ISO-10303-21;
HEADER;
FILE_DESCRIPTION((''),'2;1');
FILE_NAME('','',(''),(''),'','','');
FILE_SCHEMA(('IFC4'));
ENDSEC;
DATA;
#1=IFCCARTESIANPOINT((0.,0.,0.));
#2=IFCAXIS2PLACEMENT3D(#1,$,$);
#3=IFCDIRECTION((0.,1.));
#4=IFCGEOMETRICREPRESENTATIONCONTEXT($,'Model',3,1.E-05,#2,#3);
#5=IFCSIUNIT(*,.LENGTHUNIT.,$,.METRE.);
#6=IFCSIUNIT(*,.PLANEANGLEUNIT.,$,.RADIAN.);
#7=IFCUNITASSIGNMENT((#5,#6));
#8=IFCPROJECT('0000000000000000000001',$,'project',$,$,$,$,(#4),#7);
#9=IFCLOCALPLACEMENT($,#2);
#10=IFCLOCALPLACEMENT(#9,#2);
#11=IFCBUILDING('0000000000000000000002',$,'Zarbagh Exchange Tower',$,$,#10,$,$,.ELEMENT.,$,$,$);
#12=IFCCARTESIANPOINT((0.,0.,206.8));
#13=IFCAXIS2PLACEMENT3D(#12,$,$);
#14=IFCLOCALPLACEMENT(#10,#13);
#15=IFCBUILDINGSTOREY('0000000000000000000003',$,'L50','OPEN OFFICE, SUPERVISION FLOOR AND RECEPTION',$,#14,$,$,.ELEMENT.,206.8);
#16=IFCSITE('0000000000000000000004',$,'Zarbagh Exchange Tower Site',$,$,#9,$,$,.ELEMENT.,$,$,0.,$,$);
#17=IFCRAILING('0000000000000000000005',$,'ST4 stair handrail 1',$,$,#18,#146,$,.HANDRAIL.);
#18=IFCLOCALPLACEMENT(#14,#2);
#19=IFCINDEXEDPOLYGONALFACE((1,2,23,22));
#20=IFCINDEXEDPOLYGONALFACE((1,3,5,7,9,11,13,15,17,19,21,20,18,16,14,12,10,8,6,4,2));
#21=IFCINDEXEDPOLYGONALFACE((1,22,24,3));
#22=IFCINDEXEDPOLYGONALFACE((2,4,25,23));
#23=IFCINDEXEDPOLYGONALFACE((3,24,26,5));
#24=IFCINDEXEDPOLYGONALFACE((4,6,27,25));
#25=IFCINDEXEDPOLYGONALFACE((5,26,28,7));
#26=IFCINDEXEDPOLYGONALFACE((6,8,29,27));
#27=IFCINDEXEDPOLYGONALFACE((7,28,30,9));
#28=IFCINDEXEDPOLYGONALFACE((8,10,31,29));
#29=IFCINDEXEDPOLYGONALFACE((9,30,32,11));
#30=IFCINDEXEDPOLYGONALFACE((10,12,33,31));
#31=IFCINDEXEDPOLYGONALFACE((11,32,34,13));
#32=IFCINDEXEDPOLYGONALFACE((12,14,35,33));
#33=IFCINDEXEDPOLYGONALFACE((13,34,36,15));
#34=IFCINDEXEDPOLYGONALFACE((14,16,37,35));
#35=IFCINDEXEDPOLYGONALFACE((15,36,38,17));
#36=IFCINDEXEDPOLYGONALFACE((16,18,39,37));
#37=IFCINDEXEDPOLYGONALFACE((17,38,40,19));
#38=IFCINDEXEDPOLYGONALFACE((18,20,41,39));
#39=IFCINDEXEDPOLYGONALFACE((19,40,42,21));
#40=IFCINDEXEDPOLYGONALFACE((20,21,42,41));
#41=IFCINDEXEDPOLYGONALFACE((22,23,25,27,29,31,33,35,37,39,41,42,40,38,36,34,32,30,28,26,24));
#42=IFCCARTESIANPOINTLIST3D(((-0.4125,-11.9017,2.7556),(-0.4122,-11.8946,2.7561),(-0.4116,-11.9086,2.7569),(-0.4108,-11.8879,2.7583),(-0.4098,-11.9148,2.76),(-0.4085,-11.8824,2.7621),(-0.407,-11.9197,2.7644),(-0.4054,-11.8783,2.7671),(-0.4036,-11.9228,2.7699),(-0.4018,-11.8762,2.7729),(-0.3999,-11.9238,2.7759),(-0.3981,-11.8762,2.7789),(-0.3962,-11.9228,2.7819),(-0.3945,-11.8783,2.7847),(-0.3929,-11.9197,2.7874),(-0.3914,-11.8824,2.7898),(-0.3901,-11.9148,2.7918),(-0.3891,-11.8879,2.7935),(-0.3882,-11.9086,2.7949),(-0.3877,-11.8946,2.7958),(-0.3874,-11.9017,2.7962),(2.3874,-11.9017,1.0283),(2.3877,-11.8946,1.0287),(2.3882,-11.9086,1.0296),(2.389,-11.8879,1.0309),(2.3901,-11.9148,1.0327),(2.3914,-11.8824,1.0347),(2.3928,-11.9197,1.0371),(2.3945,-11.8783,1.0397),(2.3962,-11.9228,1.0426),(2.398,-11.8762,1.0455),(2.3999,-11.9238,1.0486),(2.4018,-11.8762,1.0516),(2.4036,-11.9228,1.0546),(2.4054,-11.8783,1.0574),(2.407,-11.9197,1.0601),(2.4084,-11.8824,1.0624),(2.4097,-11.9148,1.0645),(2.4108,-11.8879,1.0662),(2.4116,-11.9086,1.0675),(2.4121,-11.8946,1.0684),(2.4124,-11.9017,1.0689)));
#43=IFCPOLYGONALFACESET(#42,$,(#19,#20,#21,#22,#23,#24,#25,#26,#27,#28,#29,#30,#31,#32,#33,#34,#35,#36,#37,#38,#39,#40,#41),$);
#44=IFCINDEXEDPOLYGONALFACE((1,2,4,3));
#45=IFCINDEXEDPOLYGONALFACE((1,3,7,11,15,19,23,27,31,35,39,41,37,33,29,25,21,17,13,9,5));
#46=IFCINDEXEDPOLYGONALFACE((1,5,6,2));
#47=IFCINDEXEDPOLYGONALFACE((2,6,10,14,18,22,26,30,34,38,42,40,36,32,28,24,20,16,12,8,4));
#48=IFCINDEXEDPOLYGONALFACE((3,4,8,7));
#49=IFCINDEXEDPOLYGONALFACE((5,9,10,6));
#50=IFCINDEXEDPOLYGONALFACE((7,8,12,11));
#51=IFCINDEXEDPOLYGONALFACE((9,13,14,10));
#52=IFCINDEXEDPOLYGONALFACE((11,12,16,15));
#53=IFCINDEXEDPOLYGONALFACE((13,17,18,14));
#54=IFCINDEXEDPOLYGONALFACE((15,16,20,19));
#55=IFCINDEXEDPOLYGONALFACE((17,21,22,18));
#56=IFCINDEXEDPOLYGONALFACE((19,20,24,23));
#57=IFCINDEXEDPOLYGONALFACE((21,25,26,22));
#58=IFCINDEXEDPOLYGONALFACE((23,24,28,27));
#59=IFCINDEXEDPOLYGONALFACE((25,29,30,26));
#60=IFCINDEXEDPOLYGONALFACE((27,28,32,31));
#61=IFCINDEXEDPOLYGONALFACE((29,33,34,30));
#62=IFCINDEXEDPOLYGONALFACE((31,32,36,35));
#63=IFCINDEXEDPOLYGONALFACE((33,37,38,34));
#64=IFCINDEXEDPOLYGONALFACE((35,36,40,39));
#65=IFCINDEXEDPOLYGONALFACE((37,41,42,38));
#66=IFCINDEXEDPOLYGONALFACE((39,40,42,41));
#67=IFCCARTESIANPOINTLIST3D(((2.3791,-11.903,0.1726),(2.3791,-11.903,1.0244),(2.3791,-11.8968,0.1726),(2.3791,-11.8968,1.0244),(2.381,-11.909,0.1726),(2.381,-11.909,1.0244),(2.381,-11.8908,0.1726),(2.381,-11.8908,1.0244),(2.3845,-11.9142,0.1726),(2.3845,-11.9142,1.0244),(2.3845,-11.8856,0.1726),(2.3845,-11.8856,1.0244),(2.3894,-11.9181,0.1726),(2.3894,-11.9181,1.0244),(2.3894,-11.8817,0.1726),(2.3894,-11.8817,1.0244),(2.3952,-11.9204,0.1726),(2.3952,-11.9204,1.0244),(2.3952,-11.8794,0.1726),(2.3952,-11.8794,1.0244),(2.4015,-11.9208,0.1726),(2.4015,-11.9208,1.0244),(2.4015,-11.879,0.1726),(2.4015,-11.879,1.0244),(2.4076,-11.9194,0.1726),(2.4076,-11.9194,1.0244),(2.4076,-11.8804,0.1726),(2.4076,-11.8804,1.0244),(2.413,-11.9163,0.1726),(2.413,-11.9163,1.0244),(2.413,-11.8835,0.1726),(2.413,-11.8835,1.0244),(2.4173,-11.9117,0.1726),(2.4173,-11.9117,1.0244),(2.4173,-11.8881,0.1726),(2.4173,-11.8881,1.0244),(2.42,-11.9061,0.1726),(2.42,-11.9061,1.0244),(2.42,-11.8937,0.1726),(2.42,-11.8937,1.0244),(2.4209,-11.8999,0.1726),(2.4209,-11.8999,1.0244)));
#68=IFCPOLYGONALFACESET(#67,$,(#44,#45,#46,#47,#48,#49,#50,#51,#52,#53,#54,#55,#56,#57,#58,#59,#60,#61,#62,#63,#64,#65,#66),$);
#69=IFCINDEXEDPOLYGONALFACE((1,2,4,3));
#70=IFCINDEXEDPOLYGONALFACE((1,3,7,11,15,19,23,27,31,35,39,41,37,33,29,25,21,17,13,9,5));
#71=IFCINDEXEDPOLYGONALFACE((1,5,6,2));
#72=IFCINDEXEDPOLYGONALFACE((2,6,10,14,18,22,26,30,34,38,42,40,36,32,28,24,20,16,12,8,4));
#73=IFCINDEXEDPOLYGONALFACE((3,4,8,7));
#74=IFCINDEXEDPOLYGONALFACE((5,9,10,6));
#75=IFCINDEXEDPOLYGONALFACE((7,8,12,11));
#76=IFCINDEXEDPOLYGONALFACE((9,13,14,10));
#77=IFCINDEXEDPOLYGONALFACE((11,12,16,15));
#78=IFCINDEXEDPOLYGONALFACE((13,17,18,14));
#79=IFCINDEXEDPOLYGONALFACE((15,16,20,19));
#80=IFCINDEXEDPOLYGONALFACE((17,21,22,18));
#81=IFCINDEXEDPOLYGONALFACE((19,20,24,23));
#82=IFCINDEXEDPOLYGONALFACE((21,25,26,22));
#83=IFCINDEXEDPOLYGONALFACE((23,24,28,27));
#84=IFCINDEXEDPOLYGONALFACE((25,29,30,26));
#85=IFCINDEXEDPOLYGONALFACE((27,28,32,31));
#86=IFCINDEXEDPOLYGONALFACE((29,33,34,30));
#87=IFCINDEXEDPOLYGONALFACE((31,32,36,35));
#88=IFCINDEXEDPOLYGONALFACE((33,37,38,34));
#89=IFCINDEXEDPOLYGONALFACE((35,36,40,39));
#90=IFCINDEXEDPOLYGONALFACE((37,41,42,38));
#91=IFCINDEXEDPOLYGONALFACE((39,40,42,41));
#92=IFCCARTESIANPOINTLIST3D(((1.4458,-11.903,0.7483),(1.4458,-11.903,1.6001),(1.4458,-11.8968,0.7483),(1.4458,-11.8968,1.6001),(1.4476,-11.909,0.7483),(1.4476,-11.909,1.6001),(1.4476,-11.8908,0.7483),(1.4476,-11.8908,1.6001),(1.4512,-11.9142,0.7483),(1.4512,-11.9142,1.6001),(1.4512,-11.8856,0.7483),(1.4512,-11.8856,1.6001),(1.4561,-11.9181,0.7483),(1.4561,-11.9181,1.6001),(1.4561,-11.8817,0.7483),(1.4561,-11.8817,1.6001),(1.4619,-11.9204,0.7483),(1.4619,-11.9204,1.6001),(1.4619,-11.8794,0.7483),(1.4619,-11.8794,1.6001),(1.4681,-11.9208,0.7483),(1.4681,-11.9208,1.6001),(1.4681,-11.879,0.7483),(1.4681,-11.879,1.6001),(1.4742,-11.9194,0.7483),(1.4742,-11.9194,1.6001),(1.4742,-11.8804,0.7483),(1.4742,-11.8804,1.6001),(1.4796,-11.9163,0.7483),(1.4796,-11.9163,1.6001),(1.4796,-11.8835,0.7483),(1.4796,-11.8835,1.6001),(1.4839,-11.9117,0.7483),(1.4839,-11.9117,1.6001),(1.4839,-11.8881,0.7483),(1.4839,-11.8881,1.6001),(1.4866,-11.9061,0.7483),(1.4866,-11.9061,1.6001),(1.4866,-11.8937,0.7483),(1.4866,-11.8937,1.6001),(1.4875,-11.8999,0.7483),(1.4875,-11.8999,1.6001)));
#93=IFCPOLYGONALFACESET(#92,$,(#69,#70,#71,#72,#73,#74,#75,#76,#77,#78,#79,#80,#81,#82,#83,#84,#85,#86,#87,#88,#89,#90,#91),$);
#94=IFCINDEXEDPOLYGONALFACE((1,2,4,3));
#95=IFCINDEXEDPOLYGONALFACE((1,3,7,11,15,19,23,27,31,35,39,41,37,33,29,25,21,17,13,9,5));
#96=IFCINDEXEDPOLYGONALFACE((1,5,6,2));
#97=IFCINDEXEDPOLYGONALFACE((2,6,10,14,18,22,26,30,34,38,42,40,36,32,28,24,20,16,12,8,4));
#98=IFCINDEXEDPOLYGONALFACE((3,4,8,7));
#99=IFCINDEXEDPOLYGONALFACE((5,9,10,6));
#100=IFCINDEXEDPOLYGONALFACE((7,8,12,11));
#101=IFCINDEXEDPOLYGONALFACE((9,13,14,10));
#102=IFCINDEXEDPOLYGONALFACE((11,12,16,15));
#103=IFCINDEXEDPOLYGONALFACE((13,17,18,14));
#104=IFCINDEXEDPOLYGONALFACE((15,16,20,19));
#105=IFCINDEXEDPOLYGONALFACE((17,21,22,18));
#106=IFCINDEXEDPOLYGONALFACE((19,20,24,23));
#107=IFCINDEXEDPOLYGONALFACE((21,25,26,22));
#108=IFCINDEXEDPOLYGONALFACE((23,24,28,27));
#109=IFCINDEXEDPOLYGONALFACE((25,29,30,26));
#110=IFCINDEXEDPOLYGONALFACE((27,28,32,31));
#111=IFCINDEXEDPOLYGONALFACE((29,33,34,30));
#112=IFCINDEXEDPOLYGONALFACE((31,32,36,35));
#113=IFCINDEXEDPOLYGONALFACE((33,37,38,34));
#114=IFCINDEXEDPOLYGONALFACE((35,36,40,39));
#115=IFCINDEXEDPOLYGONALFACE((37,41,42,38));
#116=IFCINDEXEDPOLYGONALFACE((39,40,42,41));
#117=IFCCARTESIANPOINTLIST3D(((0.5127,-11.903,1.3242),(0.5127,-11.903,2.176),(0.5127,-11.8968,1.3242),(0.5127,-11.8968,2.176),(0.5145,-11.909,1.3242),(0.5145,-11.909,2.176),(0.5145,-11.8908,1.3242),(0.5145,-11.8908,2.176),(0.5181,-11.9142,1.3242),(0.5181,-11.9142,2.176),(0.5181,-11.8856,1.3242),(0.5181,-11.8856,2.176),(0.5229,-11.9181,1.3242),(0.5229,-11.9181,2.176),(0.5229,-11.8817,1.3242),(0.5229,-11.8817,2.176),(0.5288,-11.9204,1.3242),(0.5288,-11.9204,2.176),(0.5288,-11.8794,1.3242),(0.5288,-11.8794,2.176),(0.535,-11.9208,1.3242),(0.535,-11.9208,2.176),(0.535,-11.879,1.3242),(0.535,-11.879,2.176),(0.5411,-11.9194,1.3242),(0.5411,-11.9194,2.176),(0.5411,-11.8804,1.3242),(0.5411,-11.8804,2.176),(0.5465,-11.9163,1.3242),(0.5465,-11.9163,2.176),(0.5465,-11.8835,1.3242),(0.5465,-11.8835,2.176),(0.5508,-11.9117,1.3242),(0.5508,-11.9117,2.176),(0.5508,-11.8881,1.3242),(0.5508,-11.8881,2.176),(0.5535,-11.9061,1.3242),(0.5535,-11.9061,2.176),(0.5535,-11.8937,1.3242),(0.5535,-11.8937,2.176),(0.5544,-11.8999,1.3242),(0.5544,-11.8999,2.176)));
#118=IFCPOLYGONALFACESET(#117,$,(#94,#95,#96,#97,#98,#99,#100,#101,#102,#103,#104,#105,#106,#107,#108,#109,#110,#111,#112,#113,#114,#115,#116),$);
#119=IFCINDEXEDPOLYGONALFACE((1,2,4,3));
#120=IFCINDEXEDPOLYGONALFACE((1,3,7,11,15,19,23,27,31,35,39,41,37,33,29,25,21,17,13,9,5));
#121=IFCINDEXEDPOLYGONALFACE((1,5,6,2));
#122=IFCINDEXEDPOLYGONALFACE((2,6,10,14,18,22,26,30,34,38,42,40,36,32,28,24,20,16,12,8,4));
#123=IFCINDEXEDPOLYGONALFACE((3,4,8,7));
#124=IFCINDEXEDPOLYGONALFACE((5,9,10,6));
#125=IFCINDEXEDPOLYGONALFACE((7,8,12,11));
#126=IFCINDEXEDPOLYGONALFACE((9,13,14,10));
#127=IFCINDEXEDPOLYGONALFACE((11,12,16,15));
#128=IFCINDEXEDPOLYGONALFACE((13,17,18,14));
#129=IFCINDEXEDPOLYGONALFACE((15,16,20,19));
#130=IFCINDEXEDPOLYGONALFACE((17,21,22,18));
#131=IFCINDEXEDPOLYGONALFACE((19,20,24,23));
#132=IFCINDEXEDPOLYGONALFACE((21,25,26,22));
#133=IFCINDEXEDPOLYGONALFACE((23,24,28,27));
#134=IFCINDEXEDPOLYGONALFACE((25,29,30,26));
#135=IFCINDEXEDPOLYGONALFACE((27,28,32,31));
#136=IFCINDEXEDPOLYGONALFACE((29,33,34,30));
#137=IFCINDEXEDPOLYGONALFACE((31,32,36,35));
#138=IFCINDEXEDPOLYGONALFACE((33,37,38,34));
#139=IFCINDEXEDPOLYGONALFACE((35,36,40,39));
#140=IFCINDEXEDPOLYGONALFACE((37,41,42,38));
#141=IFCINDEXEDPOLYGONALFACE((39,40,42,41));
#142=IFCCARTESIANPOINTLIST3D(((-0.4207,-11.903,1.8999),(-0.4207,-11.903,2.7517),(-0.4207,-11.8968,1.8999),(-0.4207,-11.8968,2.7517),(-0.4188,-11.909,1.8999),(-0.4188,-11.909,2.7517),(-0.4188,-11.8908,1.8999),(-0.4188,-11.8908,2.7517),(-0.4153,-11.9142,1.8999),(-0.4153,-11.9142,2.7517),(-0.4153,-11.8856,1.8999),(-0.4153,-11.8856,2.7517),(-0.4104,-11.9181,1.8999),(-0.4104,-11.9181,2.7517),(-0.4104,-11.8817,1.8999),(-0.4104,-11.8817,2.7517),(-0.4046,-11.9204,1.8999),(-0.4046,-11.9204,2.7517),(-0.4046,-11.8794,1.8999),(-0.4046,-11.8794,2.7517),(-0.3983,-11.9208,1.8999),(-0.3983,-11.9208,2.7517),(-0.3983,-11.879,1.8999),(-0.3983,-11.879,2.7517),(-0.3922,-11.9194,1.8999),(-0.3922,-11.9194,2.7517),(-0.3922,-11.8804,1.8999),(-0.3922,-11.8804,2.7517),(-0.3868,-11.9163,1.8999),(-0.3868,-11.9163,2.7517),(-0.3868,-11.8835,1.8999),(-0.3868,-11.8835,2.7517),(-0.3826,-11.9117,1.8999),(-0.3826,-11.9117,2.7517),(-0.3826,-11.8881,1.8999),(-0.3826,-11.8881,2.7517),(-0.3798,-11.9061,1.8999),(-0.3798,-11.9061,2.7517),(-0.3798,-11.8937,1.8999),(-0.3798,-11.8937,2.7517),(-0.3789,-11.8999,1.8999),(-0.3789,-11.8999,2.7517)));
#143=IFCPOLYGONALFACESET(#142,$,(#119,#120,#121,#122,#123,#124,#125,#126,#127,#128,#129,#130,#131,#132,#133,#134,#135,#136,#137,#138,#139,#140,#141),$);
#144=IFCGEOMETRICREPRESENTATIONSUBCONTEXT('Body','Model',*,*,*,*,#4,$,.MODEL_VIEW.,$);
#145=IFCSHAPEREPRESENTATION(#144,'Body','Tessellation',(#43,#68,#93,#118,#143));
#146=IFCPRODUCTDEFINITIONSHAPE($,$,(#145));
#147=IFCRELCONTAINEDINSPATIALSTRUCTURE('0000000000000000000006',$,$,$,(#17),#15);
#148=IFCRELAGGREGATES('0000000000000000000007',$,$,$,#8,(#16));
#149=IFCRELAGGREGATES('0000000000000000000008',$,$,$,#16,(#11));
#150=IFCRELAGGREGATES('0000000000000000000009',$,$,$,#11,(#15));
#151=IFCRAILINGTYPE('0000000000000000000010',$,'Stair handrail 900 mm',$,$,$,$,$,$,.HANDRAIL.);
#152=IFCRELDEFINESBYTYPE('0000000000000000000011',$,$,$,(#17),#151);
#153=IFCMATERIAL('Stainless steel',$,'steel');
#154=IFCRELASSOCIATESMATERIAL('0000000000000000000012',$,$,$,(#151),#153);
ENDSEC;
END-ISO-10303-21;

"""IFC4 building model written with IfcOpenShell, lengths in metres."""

from ifc_helpers import new_model, si_unit, direction, frame, origin, origin_2d, place, context, subcontext, project, spatial, circle, extrude, material, type_object, element, save


model = new_model("IFC4")

# Units and contexts
model_context = context("Model", 3, precision=1e-05, world=origin(), true_north=direction((0.0, 1.0)))
body_context = subcontext(model_context, "Body", "Model", "MODEL_VIEW")
ifc_project = project(units=[si_unit("LENGTHUNIT", "METRE"), si_unit("PLANEANGLEUNIT", "RADIAN")], contexts=[model_context])

# Site, building, storey
site_placement = place(None, origin())
site = spatial("IfcSite", under=ifc_project, at=site_placement, Name="Zarbagh Exchange Tower Site", CompositionType="ELEMENT", RefElevation=0.0)
building_placement = place(site_placement, origin())
building = spatial("IfcBuilding", under=site, at=building_placement, Name="Zarbagh Exchange Tower", CompositionType="ELEMENT")
storey_placement = place(building_placement, frame((0.0, 0.0, 206.8)))
storey = spatial("IfcBuildingStorey", under=building, at=storey_placement, Name="L50", Description="OPEN OFFICE, SUPERVISION FLOOR AND RECEPTION", CompositionType="ELEMENT", Elevation=206.8)

# Railing
ifc_material_1 = material(Name="Stainless steel", Category="steel")
railing_type_1 = type_object("IfcRailingType", Name="Stair handrail 900 mm", PredefinedType="HANDRAIL", material=ifc_material_1)
railing_1_placement = place(storey_placement, frame((2.3999, -11.8999, 0.1726)))
element("IfcRailing", 1, at=railing_1_placement, inside=storey, type_object=railing_type_1, Name="ST4 stair handrail 1", PredefinedType="HANDRAIL", context=body_context, shape_type="SweptSolid", body=[
    extrude(circle(Radius=0.0239, at=origin_2d()), frame((0.0, 0.0, 0.876), z_axis=(-0.851069, 0.0, 0.525054), x_axis=(0.0, -1.0, 0.0)), (0.0, 0.0, 1.0), 3.2898),
    extrude(circle(Radius=0.021, at=origin_2d()), origin(), (0.0, 0.0, 1.0), 0.8518),
    extrude(circle(Radius=0.021, at=origin_2d()), frame((-0.9333, 0.0, 0.5757)), (0.0, 0.0, 1.0), 0.8518),
    extrude(circle(Radius=0.021, at=origin_2d()), frame((-1.8665, 0.0, 1.1516)), (0.0, 0.0, 1.0), 0.8518),
    extrude(circle(Radius=0.021, at=origin_2d()), frame((-2.7998, 0.0, 1.7273)), (0.0, 0.0, 1.0), 0.8518),
])

save(model, "model.ifc")
